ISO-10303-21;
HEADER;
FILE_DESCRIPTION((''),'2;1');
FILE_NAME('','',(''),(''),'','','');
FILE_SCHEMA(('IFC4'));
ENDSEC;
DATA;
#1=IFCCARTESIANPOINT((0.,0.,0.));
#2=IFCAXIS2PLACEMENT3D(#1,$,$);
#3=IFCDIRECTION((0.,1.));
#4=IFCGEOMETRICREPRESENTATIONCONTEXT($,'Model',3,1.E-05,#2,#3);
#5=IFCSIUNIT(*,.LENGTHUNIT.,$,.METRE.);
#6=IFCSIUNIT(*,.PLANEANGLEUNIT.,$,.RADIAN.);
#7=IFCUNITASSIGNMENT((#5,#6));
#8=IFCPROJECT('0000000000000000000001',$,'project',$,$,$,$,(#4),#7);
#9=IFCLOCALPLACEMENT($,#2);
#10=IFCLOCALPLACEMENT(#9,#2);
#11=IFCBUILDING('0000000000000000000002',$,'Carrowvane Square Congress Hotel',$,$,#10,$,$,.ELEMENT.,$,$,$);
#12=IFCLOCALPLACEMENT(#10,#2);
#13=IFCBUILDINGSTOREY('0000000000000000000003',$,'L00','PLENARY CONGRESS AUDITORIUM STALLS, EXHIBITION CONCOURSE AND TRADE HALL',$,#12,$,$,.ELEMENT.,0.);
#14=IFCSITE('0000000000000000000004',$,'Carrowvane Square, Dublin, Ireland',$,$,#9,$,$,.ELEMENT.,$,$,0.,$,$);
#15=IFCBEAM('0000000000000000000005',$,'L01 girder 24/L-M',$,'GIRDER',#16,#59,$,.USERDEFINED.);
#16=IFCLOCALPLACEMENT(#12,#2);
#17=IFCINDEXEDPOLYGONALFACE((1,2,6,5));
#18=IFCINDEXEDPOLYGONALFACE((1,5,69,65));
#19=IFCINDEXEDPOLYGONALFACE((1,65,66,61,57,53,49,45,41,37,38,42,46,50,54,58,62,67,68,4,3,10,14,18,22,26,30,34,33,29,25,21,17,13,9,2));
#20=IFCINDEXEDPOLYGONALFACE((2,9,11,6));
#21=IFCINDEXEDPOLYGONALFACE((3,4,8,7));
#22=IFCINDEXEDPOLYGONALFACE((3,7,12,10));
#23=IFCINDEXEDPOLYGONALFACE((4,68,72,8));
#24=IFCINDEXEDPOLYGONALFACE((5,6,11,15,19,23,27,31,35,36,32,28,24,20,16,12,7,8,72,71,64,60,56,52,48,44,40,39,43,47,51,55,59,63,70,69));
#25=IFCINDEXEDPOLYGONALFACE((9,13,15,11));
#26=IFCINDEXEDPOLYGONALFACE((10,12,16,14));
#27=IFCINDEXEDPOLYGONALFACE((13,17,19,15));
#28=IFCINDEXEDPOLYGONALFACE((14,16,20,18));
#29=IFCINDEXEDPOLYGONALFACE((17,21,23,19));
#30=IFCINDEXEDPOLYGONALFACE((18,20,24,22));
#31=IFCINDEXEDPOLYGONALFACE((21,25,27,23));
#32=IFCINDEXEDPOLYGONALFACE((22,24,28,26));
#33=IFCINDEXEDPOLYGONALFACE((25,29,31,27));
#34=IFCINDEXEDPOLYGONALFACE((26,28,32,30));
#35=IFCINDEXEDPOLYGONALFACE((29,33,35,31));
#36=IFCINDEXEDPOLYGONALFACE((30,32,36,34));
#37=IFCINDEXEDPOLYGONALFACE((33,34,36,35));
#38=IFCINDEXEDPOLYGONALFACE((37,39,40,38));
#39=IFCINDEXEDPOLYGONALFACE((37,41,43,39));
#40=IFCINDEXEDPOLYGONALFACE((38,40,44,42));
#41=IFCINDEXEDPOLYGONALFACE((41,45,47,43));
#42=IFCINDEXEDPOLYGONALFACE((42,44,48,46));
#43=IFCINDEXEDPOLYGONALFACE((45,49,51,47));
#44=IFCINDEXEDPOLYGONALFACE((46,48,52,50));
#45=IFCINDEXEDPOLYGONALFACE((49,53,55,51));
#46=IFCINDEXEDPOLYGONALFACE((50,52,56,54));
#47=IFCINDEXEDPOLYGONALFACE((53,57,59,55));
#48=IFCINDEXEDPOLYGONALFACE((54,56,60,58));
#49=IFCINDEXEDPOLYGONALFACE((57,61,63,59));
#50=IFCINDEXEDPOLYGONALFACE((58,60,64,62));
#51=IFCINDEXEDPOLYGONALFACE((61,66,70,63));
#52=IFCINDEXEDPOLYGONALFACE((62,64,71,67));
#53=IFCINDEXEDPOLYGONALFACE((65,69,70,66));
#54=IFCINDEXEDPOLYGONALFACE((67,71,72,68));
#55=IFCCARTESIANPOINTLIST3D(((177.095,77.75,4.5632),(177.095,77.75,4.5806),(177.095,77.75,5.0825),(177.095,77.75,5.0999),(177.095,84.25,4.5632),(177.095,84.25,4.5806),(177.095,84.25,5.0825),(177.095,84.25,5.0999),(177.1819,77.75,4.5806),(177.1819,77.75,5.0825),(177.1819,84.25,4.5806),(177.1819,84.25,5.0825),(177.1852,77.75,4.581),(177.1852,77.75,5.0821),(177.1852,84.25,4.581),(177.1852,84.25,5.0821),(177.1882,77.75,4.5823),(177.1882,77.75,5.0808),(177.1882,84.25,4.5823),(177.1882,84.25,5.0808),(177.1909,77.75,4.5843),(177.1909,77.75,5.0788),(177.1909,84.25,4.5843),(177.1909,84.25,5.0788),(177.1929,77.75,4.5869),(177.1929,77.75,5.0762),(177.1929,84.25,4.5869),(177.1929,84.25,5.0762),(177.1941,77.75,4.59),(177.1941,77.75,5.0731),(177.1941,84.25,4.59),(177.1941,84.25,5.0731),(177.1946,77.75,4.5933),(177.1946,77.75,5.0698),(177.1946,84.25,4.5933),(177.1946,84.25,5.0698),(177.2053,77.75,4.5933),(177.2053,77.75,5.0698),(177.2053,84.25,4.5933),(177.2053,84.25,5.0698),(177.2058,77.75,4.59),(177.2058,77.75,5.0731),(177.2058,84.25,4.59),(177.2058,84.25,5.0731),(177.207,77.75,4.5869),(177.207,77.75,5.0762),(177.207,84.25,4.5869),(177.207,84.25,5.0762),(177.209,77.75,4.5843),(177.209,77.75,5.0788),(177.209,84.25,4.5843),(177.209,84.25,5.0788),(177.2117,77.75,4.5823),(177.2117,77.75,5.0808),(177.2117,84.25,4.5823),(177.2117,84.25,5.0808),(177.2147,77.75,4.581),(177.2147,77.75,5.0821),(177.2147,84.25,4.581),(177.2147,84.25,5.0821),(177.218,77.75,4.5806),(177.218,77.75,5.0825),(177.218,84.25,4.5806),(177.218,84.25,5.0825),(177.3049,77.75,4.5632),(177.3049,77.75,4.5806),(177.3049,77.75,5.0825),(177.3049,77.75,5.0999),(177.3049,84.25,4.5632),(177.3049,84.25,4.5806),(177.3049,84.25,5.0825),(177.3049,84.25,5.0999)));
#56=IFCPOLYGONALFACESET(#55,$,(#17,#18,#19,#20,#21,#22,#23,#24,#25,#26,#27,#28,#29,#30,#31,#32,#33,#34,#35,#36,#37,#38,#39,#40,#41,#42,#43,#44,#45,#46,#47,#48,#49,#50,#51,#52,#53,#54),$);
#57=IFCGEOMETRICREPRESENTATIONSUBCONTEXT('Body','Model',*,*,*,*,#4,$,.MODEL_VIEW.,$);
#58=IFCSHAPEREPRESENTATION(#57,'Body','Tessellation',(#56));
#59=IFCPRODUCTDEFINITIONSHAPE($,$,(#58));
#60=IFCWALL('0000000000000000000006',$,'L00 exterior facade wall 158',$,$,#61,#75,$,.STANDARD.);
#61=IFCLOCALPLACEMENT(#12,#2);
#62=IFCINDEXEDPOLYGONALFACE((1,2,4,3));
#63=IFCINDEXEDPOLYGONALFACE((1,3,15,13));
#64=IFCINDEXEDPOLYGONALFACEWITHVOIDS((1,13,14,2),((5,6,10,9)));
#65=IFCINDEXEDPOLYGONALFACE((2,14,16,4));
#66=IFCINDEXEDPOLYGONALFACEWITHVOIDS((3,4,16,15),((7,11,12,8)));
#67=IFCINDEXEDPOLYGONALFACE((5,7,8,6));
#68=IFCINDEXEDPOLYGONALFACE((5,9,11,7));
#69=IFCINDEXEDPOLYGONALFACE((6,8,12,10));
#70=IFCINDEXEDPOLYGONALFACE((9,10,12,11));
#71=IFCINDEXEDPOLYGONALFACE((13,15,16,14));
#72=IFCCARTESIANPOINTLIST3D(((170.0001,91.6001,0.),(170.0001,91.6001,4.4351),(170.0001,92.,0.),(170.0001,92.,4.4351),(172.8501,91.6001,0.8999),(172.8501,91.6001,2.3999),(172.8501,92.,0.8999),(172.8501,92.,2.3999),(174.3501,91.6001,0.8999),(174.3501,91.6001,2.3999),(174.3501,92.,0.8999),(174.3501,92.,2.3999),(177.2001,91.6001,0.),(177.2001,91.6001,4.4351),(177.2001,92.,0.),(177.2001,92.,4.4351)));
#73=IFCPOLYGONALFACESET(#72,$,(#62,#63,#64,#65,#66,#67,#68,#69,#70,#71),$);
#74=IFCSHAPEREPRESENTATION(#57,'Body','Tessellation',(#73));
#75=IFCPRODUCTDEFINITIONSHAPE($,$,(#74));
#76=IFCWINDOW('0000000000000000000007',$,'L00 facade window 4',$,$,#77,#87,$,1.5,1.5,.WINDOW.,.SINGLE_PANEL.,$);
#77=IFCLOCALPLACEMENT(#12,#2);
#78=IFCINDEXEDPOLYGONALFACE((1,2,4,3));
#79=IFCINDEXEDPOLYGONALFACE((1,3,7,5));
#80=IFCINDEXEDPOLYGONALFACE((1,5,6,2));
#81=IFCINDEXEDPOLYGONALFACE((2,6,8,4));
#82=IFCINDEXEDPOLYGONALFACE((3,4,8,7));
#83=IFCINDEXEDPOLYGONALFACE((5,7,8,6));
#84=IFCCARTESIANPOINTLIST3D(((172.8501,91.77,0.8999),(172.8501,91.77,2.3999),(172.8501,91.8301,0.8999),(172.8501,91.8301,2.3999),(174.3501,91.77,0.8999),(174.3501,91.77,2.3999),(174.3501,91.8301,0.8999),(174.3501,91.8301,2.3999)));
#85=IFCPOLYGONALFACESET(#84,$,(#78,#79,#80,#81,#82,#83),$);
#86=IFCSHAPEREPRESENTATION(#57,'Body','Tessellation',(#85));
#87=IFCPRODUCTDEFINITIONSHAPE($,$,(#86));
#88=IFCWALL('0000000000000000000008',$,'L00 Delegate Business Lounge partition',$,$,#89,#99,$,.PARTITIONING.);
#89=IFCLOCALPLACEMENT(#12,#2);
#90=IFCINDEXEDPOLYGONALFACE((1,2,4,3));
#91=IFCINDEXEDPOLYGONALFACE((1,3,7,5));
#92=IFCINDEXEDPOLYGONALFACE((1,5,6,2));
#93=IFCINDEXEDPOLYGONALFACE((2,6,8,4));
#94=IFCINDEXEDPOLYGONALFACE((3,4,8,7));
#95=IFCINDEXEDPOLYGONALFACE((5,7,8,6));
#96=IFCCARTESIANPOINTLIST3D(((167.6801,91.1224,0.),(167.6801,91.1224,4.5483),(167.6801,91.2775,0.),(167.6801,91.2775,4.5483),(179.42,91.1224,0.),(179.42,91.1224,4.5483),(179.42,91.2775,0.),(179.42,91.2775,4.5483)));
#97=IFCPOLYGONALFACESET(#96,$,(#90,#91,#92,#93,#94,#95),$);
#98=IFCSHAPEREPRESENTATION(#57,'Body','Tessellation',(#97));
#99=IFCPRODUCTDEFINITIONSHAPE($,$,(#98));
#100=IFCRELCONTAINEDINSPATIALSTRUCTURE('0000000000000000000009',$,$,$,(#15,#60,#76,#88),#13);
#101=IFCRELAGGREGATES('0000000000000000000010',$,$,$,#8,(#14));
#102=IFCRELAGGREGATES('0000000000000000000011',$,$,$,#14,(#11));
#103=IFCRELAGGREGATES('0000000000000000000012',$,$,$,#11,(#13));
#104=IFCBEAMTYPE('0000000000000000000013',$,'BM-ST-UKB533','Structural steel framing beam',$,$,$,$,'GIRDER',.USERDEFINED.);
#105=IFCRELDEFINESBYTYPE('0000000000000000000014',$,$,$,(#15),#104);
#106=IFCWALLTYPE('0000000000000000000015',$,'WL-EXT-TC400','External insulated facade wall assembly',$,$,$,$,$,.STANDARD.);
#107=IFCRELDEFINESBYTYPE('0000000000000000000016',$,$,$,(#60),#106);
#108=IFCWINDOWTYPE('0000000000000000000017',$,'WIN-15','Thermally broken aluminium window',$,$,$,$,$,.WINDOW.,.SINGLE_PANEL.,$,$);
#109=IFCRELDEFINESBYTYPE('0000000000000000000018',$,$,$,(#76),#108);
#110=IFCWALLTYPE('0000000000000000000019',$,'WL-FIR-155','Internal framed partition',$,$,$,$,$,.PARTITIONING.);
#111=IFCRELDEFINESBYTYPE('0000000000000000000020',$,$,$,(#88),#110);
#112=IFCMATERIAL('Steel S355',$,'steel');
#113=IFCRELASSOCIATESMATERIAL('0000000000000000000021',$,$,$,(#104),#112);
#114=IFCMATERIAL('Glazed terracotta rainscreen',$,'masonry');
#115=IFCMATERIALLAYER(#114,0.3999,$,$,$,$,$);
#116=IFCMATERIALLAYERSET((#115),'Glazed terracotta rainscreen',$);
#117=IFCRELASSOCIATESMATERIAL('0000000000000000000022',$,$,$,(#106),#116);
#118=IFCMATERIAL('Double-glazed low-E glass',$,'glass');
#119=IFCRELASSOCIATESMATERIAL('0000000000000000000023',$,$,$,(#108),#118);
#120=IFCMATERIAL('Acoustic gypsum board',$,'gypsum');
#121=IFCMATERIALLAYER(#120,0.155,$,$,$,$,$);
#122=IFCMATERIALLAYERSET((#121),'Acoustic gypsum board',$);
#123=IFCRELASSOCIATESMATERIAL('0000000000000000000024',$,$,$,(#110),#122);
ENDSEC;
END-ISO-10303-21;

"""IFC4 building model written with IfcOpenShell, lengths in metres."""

from ifc_helpers import new_model, si_unit, direction, frame, frame_2d, origin, origin_2d, place, context, subcontext, project, spatial, rectangle, i_section, extrude, material, layer, layer_set, material_profile, profile_set, type_object, element, fill, save


model = new_model("IFC4")

# Units and contexts
model_context = context("Model", 3, precision=1e-05, world=origin(), true_north=direction((0.0, 1.0)))
body_context = subcontext(model_context, "Body", "Model", "MODEL_VIEW")
ifc_project = project(units=[si_unit("LENGTHUNIT", "METRE"), si_unit("PLANEANGLEUNIT", "RADIAN")], contexts=[model_context])

# Site, building, storey
site_placement = place(None, origin())
site = spatial("IfcSite", under=ifc_project, at=site_placement, Name="Carrowvane Square, Dublin, Ireland", CompositionType="ELEMENT", RefElevation=0.0)
building_placement = place(site_placement, origin())
building = spatial("IfcBuilding", under=site, at=building_placement, Name="Carrowvane Square Congress Hotel", CompositionType="ELEMENT")
storey_placement = place(building_placement, origin())
storey = spatial("IfcBuildingStorey", under=building, at=storey_placement, Name="L00", Description="PLENARY CONGRESS AUDITORIUM STALLS, EXHIBITION CONCOURSE AND TRADE HALL", CompositionType="ELEMENT", Elevation=0.0)

# Beam
ifc_material_1 = material(Name="Steel S355", Category="steel")
ifc_material_profile_1 = material_profile(ifc_material_1, i_section(OverallWidth=0.21, OverallDepth=0.5366, WebThickness=0.0107, FlangeThickness=0.0173, FilletRadius=0.0127, at=origin_2d()), Name="UKB 533x210x101")
ifc_profile_set_1 = profile_set([ifc_material_profile_1], Name="Steel S355")
beam_type_1 = type_object("IfcBeamType", Name="BM-ST-UKB533", Description="Structural steel framing beam", ElementType="GIRDER", PredefinedType="USERDEFINED", material=ifc_profile_set_1)
for number, where, z_axis, x_axis, name in (
    (1, (177.2, 77.75, 4.8315), (0.0, 1.0, 0.0), (-1.0, 0.0, 0.0), "L01 girder 24/L-M"),
):
    element("IfcBeam", number, at=place(storey_placement, frame(where, z_axis=z_axis, x_axis=x_axis)), inside=storey, type_object=beam_type_1, Name=name, ObjectType="GIRDER", PredefinedType="USERDEFINED", context=body_context, shape_type="SweptSolid", body=[
        extrude(i_section(OverallWidth=0.21, OverallDepth=0.5366, WebThickness=0.0107, FlangeThickness=0.0173, FilletRadius=0.0127, at=origin_2d()), origin(), (0.0, 0.0, 1.0), 6.5),
    ])

# Wall, opening, window
ifc_material_2 = material(Name="Glazed terracotta rainscreen", Category="masonry")
ifc_layer_1 = layer(ifc_material_2, 0.3999)
ifc_layer_set_1 = layer_set([ifc_layer_1], Name="Glazed terracotta rainscreen")
wall_type_1 = type_object("IfcWallType", Name="WL-EXT-TC400", Description="External insulated facade wall assembly", PredefinedType="STANDARD", material=ifc_layer_set_1)
wall_1_placement = place(storey_placement, frame((170.0, 91.8, 0.0), z_axis=(0.0, 0.0, 1.0), x_axis=(1.0, 0.0, 0.0)))
wall_1 = element("IfcWall", 2, at=wall_1_placement, inside=storey, type_object=wall_type_1, Name="L00 exterior facade wall 158", PredefinedType="STANDARD", context=body_context, shape_type="SweptSolid", body=[
    extrude(rectangle(XDim=7.2, YDim=0.3999, at=frame_2d((3.6001, 0.0))), origin(), (0.0, 0.0, 1.0), 4.4351),
])
opening_placement = place(wall_1_placement, frame((2.8501, 0.0, 0.8999)))
opening = element("IfcOpeningElement", 3, at=opening_placement, cuts=wall_1, PredefinedType="OPENING", context=body_context, shape_type="SweptSolid", body=[
    extrude(rectangle(XDim=1.5, YDim=1.5, at=frame_2d((0.75, 0.75))), frame((0.0, 0.21, 0.0), z_axis=(0.0, -1.0, 0.0), x_axis=(1.0, 0.0, 0.0)), (0.0, 0.0, 1.0), 0.4199),
])
ifc_material_3 = material(Name="Double-glazed low-E glass", Category="glass")
window_type = type_object("IfcWindowType", Name="WIN-15", Description="Thermally broken aluminium window", PartitioningType="SINGLE_PANEL", PredefinedType="WINDOW", material=ifc_material_3)
window_placement = place(opening_placement, origin())
window = element("IfcWindow", 4, at=window_placement, inside=storey, type_object=window_type, Name="L00 facade window 4", OverallHeight=1.5, OverallWidth=1.5, PartitioningType="SINGLE_PANEL", PredefinedType="WINDOW", context=body_context, shape_type="SweptSolid", body=[
    extrude(rectangle(XDim=1.5, YDim=1.5, at=frame_2d((0.75, 0.75))), frame((0.0, 0.03, 0.0), z_axis=(0.0, -1.0, 0.0), x_axis=(1.0, 0.0, 0.0)), (0.0, 0.0, 1.0), 0.0601),
])
fill(opening, window)

# Wall
ifc_material_4 = material(Name="Acoustic gypsum board", Category="gypsum")
ifc_layer_2 = layer(ifc_material_4, 0.155)
ifc_layer_set_2 = layer_set([ifc_layer_2], Name="Acoustic gypsum board")
wall_type_2 = type_object("IfcWallType", Name="WL-FIR-155", Description="Internal framed partition", PredefinedType="PARTITIONING", material=ifc_layer_set_2)
wall_2_placement = place(storey_placement, frame((167.6799, 91.2, 0.0), z_axis=(0.0, 0.0, 1.0), x_axis=(1.0, 0.0, 0.0)))
element("IfcWall", 5, at=wall_2_placement, inside=storey, type_object=wall_type_2, Name="L00 Delegate Business Lounge partition", PredefinedType="PARTITIONING", context=body_context, shape_type="SweptSolid", body=[
    extrude(rectangle(XDim=11.74, YDim=0.155, at=frame_2d((5.8701, 0.0))), origin(), (0.0, 0.0, 1.0), 4.5483),
])

save(model, "model.ifc")
